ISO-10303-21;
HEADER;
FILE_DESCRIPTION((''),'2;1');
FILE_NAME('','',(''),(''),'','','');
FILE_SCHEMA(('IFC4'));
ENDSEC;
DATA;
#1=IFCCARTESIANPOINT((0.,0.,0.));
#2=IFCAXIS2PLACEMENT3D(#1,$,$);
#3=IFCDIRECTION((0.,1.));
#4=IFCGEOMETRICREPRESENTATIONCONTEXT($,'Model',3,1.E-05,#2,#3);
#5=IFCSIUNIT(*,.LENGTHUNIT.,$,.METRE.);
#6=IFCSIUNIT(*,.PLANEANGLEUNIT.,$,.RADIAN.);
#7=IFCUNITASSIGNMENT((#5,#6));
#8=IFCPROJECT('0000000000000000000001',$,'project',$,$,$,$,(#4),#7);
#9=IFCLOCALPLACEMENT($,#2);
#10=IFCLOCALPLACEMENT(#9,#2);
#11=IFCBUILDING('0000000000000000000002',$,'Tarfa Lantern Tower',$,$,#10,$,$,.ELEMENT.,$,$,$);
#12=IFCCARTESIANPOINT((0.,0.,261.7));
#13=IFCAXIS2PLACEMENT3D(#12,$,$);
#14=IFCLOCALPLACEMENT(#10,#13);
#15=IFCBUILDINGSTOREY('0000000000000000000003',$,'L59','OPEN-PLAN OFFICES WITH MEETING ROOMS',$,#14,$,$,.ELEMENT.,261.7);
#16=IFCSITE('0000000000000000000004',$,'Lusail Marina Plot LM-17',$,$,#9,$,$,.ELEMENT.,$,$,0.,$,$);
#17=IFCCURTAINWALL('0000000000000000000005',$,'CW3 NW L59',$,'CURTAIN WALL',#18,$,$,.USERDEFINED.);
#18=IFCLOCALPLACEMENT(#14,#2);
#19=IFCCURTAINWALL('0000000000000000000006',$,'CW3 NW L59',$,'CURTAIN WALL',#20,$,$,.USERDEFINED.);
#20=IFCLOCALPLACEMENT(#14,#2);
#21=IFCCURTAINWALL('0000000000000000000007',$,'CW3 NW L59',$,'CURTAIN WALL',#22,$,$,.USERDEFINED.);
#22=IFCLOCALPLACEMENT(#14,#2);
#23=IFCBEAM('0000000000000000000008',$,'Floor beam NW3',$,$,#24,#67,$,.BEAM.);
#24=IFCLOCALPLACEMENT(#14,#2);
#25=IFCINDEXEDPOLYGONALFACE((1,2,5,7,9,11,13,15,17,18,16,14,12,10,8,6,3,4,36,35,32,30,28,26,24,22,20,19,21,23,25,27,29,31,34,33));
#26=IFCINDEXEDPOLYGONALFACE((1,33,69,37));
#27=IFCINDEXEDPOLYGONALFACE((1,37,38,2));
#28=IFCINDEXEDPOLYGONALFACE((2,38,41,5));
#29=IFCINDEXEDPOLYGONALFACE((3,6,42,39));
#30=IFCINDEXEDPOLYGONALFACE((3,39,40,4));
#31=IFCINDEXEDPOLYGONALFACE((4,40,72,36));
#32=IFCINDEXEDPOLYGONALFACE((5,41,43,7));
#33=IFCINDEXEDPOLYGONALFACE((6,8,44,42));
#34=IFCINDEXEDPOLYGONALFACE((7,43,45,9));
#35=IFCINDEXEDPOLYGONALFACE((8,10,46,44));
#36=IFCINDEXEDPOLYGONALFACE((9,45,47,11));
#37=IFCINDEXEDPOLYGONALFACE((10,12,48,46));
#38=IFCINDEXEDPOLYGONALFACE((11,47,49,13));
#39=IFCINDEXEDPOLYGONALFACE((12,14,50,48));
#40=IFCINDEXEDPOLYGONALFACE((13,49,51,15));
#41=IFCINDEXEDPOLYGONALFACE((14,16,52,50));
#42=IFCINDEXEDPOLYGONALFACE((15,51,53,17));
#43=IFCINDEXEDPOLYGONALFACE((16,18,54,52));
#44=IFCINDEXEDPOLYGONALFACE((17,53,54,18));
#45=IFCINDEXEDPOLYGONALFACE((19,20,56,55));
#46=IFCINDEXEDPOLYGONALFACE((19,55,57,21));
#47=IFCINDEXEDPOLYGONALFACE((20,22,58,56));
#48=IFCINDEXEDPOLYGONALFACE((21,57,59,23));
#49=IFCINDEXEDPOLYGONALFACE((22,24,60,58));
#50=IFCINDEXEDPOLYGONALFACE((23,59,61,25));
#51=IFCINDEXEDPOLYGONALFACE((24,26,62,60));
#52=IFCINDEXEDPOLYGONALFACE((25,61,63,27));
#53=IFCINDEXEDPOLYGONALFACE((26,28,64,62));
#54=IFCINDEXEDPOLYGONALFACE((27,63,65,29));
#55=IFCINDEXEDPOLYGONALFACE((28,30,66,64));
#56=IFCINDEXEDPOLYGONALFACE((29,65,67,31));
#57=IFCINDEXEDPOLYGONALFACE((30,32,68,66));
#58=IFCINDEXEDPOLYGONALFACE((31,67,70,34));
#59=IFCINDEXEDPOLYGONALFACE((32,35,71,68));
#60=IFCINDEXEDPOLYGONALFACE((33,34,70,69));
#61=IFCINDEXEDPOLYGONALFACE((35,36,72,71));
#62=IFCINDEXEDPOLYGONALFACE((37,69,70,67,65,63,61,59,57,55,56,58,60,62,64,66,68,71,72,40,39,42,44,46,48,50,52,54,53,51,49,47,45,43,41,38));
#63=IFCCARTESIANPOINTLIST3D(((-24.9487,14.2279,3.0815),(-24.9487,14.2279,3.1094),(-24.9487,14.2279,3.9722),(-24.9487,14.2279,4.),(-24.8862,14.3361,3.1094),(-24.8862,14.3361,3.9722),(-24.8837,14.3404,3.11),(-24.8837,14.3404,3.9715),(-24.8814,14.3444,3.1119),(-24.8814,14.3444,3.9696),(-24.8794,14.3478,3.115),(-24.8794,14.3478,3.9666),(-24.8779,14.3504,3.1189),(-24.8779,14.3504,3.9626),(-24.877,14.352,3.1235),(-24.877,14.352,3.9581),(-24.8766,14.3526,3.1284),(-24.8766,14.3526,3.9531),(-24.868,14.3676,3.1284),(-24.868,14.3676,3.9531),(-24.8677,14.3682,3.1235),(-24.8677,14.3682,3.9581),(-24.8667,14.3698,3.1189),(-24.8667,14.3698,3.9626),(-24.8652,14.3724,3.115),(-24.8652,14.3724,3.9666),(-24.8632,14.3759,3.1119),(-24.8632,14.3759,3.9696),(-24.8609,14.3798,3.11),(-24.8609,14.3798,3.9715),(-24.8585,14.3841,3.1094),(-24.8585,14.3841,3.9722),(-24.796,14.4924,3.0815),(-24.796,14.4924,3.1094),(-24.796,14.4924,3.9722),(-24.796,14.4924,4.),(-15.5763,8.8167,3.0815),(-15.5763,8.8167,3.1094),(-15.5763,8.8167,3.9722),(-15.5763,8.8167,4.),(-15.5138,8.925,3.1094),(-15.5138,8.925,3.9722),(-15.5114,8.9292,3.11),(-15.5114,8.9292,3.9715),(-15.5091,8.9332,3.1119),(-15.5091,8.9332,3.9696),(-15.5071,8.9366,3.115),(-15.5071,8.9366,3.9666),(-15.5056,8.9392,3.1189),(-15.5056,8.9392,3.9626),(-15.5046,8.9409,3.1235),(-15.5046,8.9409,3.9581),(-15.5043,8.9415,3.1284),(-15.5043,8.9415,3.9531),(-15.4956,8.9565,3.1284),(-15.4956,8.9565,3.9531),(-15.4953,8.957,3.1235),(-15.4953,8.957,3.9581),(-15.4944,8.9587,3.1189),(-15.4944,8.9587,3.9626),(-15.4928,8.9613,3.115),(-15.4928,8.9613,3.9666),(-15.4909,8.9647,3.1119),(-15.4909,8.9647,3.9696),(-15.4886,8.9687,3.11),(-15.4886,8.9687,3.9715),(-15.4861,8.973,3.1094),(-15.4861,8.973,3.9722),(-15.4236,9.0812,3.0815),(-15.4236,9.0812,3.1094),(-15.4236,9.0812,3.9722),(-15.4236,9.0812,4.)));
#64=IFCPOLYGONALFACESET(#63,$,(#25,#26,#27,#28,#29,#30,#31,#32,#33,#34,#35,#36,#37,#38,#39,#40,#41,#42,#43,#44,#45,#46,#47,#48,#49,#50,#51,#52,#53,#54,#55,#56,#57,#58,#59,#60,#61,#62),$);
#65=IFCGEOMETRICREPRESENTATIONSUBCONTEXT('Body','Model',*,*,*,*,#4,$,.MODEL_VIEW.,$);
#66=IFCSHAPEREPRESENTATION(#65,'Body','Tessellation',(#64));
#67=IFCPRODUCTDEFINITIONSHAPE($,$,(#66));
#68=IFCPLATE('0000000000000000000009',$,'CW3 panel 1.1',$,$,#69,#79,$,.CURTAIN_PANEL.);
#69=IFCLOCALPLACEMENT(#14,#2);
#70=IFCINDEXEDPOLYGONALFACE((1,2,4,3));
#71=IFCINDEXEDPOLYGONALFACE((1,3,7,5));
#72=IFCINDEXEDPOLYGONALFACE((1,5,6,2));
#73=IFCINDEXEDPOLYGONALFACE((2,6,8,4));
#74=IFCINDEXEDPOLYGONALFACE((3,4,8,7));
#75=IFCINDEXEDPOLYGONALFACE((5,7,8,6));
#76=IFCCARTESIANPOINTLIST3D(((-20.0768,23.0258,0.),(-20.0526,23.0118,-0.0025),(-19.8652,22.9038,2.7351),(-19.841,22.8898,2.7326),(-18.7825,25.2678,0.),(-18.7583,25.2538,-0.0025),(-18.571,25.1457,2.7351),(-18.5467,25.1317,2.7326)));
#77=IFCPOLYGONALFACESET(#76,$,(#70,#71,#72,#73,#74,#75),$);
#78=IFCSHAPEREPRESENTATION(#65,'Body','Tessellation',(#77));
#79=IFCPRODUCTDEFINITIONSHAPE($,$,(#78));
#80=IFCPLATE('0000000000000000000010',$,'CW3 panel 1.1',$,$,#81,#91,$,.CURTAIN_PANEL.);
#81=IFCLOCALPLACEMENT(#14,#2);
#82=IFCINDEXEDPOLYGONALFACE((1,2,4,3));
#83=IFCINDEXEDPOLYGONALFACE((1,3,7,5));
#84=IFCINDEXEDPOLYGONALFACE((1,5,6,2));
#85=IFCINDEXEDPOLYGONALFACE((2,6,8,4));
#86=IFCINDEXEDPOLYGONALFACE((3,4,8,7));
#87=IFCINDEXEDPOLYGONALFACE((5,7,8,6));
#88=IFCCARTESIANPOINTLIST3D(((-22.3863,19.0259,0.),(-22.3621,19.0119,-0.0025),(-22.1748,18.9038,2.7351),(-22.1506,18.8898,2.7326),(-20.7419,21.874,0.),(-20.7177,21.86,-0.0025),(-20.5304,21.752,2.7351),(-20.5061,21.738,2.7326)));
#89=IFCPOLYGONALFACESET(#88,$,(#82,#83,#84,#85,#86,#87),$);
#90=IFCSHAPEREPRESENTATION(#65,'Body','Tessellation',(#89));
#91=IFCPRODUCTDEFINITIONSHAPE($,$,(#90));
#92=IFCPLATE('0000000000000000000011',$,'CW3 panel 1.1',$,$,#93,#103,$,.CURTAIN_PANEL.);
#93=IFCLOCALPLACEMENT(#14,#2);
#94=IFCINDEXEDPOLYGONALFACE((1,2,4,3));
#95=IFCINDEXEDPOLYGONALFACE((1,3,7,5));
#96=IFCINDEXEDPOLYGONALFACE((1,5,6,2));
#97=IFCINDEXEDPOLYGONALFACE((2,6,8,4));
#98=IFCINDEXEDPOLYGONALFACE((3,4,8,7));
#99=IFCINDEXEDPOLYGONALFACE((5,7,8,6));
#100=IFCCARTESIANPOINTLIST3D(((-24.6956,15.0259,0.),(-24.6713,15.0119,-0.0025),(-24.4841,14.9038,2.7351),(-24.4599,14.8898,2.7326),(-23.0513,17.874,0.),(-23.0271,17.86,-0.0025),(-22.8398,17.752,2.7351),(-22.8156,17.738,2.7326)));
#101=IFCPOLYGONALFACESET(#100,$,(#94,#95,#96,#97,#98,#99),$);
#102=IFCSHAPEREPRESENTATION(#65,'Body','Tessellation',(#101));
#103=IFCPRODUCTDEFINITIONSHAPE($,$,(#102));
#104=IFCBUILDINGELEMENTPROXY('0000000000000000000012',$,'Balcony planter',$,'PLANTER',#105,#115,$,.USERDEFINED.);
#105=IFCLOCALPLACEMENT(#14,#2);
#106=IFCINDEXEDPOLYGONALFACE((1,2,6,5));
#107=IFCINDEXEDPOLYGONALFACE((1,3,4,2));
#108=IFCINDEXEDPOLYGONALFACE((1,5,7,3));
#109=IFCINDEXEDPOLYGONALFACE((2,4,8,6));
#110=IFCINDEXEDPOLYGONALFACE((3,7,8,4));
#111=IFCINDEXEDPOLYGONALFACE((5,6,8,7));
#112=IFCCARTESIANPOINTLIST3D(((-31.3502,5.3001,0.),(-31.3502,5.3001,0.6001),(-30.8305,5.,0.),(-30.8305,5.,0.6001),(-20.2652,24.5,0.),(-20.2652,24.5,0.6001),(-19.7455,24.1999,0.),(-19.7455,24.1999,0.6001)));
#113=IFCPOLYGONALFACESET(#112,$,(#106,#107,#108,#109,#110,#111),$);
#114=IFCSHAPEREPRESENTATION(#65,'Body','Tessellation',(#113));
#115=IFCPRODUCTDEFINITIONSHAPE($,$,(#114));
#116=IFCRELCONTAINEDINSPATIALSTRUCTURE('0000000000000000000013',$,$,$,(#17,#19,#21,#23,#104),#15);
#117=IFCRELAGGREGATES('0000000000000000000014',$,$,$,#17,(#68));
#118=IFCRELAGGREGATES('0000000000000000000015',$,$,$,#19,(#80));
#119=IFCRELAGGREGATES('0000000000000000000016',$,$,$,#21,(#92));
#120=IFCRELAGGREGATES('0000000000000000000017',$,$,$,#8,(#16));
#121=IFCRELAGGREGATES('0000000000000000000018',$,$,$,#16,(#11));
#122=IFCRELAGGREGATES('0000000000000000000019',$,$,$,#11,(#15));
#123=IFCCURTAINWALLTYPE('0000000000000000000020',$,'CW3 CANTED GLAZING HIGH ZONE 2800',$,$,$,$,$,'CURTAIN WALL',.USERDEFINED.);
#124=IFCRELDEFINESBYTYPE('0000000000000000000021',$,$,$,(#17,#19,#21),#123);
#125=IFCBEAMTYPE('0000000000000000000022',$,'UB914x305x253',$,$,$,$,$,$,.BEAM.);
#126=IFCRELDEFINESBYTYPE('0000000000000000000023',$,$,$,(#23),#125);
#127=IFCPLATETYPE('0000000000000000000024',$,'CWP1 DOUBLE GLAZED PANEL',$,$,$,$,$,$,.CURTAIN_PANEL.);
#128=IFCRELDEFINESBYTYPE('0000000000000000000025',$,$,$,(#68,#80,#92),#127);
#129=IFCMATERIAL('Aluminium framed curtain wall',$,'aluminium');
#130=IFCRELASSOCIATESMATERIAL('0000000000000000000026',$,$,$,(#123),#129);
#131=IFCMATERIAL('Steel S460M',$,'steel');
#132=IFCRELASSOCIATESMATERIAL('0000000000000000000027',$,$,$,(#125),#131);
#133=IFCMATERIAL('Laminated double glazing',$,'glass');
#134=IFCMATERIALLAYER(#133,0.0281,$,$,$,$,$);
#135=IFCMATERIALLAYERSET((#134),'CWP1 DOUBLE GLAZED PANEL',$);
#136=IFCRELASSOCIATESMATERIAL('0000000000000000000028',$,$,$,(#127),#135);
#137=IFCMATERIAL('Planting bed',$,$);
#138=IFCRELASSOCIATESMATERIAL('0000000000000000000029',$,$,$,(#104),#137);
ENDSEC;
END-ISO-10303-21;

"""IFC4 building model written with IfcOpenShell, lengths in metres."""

from ifc_helpers import new_model, si_unit, direction, frame, origin, origin_2d, place, context, subcontext, project, spatial, polyline, rectangle, i_section, outline, extrude, material, layer, layer_set, material_profile, profile_set, type_object, element, aggregate, save


model = new_model("IFC4")

# Units and contexts
model_context = context("Model", 3, precision=1e-05, world=origin(), true_north=direction((0.0, 1.0)))
body_context = subcontext(model_context, "Body", "Model", "MODEL_VIEW")
ifc_project = project(units=[si_unit("LENGTHUNIT", "METRE"), si_unit("PLANEANGLEUNIT", "RADIAN")], contexts=[model_context])

# Site, building, storey
site_placement = place(None, origin())
site = spatial("IfcSite", under=ifc_project, at=site_placement, Name="Lusail Marina Plot LM-17", CompositionType="ELEMENT", RefElevation=0.0)
building_placement = place(site_placement, origin())
building = spatial("IfcBuilding", under=site, at=building_placement, Name="Tarfa Lantern Tower", CompositionType="ELEMENT")
storey_placement = place(building_placement, frame((0.0, 0.0, 261.7)))
storey = spatial("IfcBuildingStorey", under=building, at=storey_placement, Name="L59", Description="OPEN-PLAN OFFICES WITH MEETING ROOMS", CompositionType="ELEMENT", Elevation=261.7)

# Curtain walls
ifc_material_1 = material(Name="Aluminium framed curtain wall", Category="aluminium")
curtain_wall_type = type_object("IfcCurtainWallType", Name="CW3 CANTED GLAZING HIGH ZONE 2800", ElementType="CURTAIN WALL", PredefinedType="USERDEFINED", material=ifc_material_1)
curtain_wall_1_placement = place(storey_placement, origin())
curtain_wall_1 = element("IfcCurtainWall", 1, at=curtain_wall_1_placement, inside=storey, type_object=curtain_wall_type, Name="CW3 NW L59", ObjectType="CURTAIN WALL", PredefinedType="USERDEFINED")
curtain_wall_2_placement = place(storey_placement, origin())
curtain_wall_2 = element("IfcCurtainWall", 2, at=curtain_wall_2_placement, inside=storey, type_object=curtain_wall_type, Name="CW3 NW L59", ObjectType="CURTAIN WALL", PredefinedType="USERDEFINED")
curtain_wall_3_placement = place(storey_placement, origin())
curtain_wall_3 = element("IfcCurtainWall", 3, at=curtain_wall_3_placement, inside=storey, type_object=curtain_wall_type, Name="CW3 NW L59", ObjectType="CURTAIN WALL", PredefinedType="USERDEFINED")

# Beam
ifc_material_2 = material(Name="Steel S460M", Category="steel")
ifc_material_profile_1 = material_profile(ifc_material_2, i_section(OverallWidth=0.3054, OverallDepth=0.9185, WebThickness=0.0173, FlangeThickness=0.0278, FilletRadius=0.019, at=origin_2d()), Name="UB914x305x253")
ifc_profile_set_1 = profile_set([ifc_material_profile_1], Name="Steel S460M")
beam_type_1 = type_object("IfcBeamType", Name="UB914x305x253", PredefinedType="BEAM", material=ifc_profile_set_1)
beam_1_placement = place(storey_placement, frame((-24.8723, 14.3601, 3.5408), z_axis=(0.866024, -0.500002, 0.0), x_axis=(0.500002, 0.866024, 0.0)))
element("IfcBeam", 4, at=beam_1_placement, inside=storey, type_object=beam_type_1, Name="Floor beam NW3", PredefinedType="BEAM", context=body_context, shape_type="SweptSolid", body=[
    extrude(i_section(OverallWidth=0.3054, OverallDepth=0.9185, WebThickness=0.0173, FlangeThickness=0.0278, FilletRadius=0.019, at=origin_2d()), origin(), (0.0, 0.0, 1.0), 10.8223),
])

# Plates
ifc_material_3 = material(Name="Laminated double glazing", Category="glass")
ifc_layer = layer(ifc_material_3, 0.0281)
ifc_layer_set = layer_set([ifc_layer], Name="CWP1 DOUBLE GLAZED PANEL")
plate_type = type_object("IfcPlateType", Name="CWP1 DOUBLE GLAZED PANEL", PredefinedType="CURTAIN_PANEL", material=ifc_layer_set)
plate_1_placement = place(storey_placement, frame((-18.7825, 25.2678, 0.0), z_axis=(-0.862605, 0.497997, 0.088945), x_axis=(-0.499979, -0.866038, -0.000004)))
plate_1 = element("IfcPlate", 5, at=plate_1_placement, type_object=plate_type, Name="CW3 panel 1.1", PredefinedType="CURTAIN_PANEL", context=body_context, shape_type="SweptSolid", body=[
    extrude(outline(polyline([(0.0, 0.0), (2.5888, 0.0), (2.5887, 2.746), (0.0, 2.746), (0.0, 0.0)])), origin(), (0.0, 0.0, -1.0), 0.0281),
])
aggregate(curtain_wall_1, [plate_1])
plate_2_placement = place(storey_placement, frame((-20.7419, 21.874, 0.0), z_axis=(-0.862589, 0.498026, 0.088945), x_axis=(-0.500007, -0.866021, 0.000003)))
plate_2 = element("IfcPlate", 6, at=plate_2_placement, type_object=plate_type, Name="CW3 panel 1.1", PredefinedType="CURTAIN_PANEL", context=body_context, shape_type="SweptSolid", body=[
    extrude(outline(polyline([(0.0, 0.0), (3.2887, 0.0), (3.2887, 2.746), (-0.0001, 2.746), (0.0, 0.0)])), origin(), (0.0, 0.0, -1.0), 0.0281),
])
aggregate(curtain_wall_2, [plate_2])
plate_3_placement = place(storey_placement, frame((-23.0513, 17.874, 0.0), z_axis=(-0.862608, 0.498, 0.088906), x_axis=(-0.499979, -0.866037, 0.0)))
plate_3 = element("IfcPlate", 7, at=plate_3_placement, type_object=plate_type, Name="CW3 panel 1.1", PredefinedType="CURTAIN_PANEL", context=body_context, shape_type="SweptSolid", body=[
    extrude(outline(polyline([(0.0, 0.0), (3.2887, 0.0), (3.2887, 2.746), (0.0, 2.746), (0.0, 0.0)])), origin(), (0.0, 0.0, -1.0), 0.0281),
])
aggregate(curtain_wall_3, [plate_3])

# Building element proxy
ifc_material_4 = material(Name="Planting bed")
proxy_placement = place(storey_placement, frame((-25.5479, 14.75, 0.0), z_axis=(0.0, 0.0, 1.0), x_axis=(-0.5, -0.866025, 0.0)))
element("IfcBuildingElementProxy", 8, at=proxy_placement, inside=storey, material=ifc_material_4, Name="Balcony planter", ObjectType="PLANTER", PredefinedType="USERDEFINED", context=body_context, shape_type="SweptSolid", body=[
    extrude(rectangle(XDim=22.1702, YDim=0.6001, at=origin_2d()), origin(), (0.0, 0.0, 1.0), 0.6001),
])

save(model, "model.ifc")
